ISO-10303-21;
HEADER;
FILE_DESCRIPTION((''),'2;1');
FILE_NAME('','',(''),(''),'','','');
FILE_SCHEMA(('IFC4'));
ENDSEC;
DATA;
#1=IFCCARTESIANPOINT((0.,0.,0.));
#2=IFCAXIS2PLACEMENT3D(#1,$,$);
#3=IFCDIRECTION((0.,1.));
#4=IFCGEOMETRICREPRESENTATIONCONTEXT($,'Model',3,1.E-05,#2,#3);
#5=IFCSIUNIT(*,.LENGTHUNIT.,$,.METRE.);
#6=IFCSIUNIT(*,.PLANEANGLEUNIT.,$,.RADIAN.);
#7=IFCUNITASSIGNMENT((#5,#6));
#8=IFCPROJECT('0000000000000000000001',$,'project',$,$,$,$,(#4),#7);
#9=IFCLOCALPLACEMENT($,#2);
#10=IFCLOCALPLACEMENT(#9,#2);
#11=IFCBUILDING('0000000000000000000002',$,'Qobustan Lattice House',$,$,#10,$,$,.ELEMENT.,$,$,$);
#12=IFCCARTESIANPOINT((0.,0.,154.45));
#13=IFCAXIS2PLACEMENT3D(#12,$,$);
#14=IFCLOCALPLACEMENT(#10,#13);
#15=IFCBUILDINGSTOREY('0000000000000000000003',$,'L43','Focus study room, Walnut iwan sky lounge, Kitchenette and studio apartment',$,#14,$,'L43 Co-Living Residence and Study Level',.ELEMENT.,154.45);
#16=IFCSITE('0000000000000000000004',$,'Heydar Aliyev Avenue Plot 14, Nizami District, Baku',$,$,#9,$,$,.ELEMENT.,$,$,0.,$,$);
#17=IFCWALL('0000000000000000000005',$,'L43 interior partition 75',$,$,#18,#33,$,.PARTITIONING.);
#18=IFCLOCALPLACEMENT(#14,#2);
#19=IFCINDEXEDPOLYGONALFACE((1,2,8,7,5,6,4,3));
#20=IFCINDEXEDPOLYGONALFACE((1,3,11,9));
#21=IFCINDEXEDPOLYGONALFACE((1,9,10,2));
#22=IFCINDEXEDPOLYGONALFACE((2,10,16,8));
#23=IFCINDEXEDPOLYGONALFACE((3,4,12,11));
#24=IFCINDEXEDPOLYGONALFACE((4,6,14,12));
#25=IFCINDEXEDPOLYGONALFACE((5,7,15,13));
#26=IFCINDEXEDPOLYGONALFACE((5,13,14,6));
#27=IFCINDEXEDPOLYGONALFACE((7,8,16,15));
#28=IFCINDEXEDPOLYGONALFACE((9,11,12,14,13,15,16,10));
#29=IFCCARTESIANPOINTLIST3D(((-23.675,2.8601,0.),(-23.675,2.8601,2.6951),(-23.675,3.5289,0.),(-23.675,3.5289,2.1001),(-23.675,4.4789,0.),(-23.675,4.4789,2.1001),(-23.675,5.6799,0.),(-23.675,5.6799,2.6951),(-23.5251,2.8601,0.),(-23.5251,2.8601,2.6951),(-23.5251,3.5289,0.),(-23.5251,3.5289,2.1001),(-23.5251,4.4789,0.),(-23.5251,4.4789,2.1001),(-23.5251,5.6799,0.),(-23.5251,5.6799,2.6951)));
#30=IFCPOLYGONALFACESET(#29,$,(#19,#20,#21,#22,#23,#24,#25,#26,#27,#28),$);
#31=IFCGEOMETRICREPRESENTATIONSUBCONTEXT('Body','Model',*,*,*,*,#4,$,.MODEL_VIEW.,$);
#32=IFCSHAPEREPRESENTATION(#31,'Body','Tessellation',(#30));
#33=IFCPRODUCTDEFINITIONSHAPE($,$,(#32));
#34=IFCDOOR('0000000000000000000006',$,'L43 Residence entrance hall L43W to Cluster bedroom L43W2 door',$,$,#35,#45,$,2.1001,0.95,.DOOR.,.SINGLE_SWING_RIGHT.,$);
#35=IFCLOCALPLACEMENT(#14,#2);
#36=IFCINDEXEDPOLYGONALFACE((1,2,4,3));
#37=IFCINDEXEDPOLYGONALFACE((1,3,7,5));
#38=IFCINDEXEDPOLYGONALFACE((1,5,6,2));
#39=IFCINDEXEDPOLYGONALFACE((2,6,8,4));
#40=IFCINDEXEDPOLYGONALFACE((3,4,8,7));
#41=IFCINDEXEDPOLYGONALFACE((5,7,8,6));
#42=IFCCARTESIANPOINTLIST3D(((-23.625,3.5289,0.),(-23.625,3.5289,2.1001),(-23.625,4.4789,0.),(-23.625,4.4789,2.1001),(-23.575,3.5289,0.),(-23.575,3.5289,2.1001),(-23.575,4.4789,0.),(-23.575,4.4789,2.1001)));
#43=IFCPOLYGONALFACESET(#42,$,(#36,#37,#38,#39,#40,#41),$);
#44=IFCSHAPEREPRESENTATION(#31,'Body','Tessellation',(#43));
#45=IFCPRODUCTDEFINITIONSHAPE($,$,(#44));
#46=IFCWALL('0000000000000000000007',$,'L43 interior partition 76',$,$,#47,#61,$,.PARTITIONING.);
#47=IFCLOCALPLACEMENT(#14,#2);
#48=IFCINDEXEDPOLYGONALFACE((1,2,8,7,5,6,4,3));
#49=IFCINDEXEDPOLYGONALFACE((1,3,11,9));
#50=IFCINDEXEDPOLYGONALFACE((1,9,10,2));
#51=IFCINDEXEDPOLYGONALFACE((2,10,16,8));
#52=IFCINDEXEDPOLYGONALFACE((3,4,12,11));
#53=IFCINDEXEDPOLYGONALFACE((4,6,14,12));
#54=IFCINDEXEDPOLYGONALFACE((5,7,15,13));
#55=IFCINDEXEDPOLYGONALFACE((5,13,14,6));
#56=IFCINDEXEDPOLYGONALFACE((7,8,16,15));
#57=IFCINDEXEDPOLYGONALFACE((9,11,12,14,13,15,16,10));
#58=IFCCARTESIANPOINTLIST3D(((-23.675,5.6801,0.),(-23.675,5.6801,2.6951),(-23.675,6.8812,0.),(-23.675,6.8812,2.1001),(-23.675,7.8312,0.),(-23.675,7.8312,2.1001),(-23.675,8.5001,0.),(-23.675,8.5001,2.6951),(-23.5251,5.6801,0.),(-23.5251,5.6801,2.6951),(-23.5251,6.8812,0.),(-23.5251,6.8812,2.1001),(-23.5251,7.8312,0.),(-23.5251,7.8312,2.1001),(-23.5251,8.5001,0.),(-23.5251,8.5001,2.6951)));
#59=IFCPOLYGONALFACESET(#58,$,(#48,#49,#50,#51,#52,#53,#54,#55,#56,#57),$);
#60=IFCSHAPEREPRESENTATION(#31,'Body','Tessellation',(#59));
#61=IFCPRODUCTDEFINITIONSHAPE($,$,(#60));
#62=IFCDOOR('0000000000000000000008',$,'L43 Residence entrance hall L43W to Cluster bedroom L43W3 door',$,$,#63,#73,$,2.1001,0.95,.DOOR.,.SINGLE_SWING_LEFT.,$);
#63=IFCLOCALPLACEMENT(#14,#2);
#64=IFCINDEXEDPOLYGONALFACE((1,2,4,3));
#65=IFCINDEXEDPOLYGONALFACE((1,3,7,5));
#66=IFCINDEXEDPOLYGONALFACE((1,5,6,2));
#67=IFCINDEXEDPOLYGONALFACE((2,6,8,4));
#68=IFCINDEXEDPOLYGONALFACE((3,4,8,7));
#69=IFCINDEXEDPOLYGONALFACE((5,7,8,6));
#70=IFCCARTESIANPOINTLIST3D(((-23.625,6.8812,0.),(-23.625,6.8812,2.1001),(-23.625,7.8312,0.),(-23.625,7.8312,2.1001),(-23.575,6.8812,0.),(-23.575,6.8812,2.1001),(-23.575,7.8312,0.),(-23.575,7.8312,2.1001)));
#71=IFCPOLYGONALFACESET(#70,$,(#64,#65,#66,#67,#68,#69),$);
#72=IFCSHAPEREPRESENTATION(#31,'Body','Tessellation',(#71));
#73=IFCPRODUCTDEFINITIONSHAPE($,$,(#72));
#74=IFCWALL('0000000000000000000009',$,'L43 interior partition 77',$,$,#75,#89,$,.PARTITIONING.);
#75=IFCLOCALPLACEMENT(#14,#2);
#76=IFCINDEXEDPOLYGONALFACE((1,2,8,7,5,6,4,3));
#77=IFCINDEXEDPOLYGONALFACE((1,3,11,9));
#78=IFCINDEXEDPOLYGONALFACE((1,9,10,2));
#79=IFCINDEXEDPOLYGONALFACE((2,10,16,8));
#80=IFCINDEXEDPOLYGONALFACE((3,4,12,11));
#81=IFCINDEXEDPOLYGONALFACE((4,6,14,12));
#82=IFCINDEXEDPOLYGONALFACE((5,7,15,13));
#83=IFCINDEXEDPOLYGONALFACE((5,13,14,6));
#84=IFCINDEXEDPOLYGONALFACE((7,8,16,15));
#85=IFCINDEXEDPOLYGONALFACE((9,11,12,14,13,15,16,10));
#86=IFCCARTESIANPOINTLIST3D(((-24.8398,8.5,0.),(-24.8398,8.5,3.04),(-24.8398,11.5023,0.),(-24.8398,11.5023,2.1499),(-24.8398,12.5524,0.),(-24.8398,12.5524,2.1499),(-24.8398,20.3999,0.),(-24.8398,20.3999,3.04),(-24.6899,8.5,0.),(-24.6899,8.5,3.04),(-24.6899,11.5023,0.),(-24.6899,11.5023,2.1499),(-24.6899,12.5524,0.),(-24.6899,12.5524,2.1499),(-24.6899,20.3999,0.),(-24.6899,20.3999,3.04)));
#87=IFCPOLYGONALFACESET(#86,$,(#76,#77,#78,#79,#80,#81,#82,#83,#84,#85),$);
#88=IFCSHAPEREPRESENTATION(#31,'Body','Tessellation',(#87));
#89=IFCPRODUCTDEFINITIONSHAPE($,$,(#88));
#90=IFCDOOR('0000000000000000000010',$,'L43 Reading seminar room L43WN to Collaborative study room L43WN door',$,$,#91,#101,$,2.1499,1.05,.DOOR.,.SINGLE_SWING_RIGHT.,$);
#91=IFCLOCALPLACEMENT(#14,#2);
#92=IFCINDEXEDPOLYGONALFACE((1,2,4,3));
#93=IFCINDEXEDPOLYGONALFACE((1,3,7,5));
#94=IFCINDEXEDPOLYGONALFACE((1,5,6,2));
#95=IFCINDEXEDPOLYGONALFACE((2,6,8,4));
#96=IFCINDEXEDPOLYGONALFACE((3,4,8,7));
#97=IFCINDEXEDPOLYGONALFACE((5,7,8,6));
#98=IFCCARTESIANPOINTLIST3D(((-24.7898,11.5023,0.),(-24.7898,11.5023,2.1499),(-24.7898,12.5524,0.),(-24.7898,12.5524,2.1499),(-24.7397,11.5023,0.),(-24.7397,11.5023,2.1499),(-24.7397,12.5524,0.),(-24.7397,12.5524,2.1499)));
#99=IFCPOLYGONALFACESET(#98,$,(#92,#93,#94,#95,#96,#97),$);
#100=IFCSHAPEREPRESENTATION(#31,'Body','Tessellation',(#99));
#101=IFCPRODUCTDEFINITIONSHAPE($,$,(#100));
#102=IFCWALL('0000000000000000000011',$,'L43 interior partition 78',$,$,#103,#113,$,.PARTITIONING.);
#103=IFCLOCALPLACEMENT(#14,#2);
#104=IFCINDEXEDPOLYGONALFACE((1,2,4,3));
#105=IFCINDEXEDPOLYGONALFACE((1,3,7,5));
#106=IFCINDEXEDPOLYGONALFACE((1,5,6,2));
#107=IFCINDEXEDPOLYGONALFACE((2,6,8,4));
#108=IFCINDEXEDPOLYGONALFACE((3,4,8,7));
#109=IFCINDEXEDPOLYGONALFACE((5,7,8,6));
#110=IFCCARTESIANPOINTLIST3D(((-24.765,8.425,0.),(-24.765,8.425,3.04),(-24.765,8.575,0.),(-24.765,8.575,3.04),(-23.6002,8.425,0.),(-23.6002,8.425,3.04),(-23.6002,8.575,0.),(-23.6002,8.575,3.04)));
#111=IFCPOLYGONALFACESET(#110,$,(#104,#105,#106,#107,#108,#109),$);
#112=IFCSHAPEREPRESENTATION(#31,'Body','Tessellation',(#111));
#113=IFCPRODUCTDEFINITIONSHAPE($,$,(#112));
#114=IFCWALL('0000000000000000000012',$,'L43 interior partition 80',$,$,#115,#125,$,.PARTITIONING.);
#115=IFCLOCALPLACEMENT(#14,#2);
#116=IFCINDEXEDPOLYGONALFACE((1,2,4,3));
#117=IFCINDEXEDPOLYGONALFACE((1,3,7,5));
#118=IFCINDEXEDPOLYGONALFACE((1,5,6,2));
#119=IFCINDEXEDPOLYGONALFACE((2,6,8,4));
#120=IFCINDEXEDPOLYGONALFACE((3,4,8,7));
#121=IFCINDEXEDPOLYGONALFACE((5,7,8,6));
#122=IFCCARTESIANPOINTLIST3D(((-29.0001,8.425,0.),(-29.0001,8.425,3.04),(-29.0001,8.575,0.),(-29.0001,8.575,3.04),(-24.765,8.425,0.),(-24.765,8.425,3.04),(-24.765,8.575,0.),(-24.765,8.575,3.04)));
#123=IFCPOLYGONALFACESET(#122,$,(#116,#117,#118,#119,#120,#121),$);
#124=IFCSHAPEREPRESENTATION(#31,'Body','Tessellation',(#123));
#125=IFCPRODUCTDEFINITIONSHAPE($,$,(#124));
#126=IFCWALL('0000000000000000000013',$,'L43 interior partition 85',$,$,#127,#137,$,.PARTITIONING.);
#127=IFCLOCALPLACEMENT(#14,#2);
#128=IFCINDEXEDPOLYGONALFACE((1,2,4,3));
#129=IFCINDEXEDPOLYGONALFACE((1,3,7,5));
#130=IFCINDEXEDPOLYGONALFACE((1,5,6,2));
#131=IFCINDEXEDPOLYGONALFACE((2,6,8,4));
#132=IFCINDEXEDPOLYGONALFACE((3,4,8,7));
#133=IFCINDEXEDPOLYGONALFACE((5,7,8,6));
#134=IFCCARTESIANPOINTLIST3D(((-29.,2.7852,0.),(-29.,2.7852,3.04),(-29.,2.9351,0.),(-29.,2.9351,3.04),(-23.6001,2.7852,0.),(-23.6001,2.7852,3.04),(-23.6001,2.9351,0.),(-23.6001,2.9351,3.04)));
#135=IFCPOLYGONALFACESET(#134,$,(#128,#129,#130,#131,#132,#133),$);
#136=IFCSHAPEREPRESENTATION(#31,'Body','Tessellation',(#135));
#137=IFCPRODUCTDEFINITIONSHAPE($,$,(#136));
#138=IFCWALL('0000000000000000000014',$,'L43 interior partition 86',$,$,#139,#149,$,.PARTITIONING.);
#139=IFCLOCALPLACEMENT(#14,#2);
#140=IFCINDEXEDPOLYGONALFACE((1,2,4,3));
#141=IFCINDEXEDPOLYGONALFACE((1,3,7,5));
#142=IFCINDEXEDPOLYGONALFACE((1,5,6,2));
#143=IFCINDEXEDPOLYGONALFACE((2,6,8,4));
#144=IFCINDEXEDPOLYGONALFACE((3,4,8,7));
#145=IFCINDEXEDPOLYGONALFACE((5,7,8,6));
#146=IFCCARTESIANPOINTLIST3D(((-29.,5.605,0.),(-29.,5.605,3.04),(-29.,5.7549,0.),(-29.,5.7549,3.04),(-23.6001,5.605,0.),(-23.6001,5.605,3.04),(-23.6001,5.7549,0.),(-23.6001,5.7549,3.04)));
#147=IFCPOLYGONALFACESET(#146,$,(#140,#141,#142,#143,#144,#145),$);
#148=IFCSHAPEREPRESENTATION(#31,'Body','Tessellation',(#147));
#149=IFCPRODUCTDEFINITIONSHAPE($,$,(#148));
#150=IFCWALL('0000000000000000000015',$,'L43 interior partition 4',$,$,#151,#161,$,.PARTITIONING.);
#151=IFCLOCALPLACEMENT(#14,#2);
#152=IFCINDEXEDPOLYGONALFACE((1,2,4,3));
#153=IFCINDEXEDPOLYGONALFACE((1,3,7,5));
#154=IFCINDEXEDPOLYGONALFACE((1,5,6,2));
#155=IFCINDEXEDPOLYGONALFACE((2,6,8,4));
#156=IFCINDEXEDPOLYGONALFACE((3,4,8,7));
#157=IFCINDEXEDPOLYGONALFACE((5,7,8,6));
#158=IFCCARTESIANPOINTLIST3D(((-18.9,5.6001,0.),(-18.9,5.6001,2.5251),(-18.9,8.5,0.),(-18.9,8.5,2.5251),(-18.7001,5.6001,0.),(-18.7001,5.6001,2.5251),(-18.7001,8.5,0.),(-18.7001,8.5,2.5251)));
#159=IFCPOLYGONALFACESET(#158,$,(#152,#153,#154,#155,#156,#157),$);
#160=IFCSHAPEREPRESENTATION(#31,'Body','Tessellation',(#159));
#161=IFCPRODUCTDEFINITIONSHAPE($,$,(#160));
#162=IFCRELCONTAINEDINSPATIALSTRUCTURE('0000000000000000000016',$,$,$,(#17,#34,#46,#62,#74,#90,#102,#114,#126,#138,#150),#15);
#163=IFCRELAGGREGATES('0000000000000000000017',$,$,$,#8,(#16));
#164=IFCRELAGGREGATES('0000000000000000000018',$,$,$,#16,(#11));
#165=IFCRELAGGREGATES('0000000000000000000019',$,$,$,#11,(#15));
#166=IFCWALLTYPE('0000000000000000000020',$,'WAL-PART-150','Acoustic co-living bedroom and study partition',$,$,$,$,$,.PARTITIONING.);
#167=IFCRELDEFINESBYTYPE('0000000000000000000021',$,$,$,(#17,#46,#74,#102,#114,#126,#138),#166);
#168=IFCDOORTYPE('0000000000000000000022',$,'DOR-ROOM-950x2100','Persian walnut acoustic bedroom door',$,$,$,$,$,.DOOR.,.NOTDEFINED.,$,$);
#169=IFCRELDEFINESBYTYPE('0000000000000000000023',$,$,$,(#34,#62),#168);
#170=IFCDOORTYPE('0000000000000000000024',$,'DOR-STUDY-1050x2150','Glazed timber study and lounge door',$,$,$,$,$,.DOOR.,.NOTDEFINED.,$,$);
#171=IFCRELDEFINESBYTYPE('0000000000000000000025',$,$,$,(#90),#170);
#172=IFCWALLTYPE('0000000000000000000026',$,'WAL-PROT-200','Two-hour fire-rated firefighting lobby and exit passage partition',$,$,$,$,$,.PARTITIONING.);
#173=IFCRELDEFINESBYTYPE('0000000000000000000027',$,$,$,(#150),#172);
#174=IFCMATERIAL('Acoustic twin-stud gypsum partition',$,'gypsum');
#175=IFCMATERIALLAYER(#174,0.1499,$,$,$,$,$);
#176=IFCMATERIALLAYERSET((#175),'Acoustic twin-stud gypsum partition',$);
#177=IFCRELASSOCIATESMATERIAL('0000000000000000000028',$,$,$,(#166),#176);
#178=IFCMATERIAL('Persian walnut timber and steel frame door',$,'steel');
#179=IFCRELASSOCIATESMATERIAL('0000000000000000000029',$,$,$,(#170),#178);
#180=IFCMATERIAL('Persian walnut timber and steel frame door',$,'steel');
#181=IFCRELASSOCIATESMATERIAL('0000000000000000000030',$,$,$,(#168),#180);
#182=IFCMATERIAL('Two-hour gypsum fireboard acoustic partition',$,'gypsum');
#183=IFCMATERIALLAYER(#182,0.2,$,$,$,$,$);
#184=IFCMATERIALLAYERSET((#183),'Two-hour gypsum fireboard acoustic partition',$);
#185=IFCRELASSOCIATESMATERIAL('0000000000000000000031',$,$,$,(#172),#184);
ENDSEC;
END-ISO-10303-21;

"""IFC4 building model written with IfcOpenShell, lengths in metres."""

from ifc_helpers import new_model, si_unit, direction, frame, frame_2d, origin, place, context, subcontext, project, spatial, rectangle, extrude, material, layer, layer_set, type_object, element, fill, save


model = new_model("IFC4")

# Units and contexts
model_context = context("Model", 3, precision=1e-05, world=origin(), true_north=direction((0.0, 1.0)))
body_context = subcontext(model_context, "Body", "Model", "MODEL_VIEW")
ifc_project = project(units=[si_unit("LENGTHUNIT", "METRE"), si_unit("PLANEANGLEUNIT", "RADIAN")], contexts=[model_context])

# Site, building, storey
site_placement = place(None, origin())
site = spatial("IfcSite", under=ifc_project, at=site_placement, Name="Heydar Aliyev Avenue Plot 14, Nizami District, Baku", CompositionType="ELEMENT", RefElevation=0.0)
building_placement = place(site_placement, origin())
building = spatial("IfcBuilding", under=site, at=building_placement, Name="Qobustan Lattice House", CompositionType="ELEMENT")
storey_placement = place(building_placement, frame((0.0, 0.0, 154.45)))
storey = spatial("IfcBuildingStorey", under=building, at=storey_placement, Name="L43", Description="Focus study room, Walnut iwan sky lounge, Kitchenette and studio apartment", LongName="L43 Co-Living Residence and Study Level", CompositionType="ELEMENT", Elevation=154.45)

# Walls, openings, doors
ifc_material_1 = material(Name="Acoustic twin-stud gypsum partition", Category="gypsum")
ifc_layer_1 = layer(ifc_material_1, 0.1499)
ifc_layer_set_1 = layer_set([ifc_layer_1], Name="Acoustic twin-stud gypsum partition")
wall_type_1 = type_object("IfcWallType", Name="WAL-PART-150", Description="Acoustic co-living bedroom and study partition", PredefinedType="PARTITIONING", material=ifc_layer_set_1)
ifc_material_2 = material(Name="Persian walnut timber and steel frame door", Category="steel")
door_type_1 = type_object("IfcDoorType", Name="DOR-STUDY-1050x2150", Description="Glazed timber study and lounge door", OperationType="NOTDEFINED", PredefinedType="DOOR", material=ifc_material_2)
wall_1_placement = place(storey_placement, frame((-23.6001, 2.8601, 0.0), z_axis=(0.0, 0.0, 1.0), x_axis=(0.0, 1.0, 0.0)))
wall_1 = element("IfcWall", 1, at=wall_1_placement, inside=storey, type_object=wall_type_1, Name="L43 interior partition 75", PredefinedType="PARTITIONING", context=body_context, shape_type="SweptSolid", body=[
    extrude(rectangle(XDim=2.8198, YDim=0.1499, at=frame_2d((1.4099, 0.0))), origin(), (0.0, 0.0, 1.0), 2.6951),
])
opening_1_placement = place(wall_1_placement, frame((0.6687, 0.0, 0.0)))
opening_1 = element("IfcOpeningElement", 2, at=opening_1_placement, cuts=wall_1, PredefinedType="OPENING", context=body_context, shape_type="SweptSolid", body=[
    extrude(rectangle(XDim=0.95, YDim=2.1001, at=frame_2d((0.4751, 1.05))), frame((0.0, 0.085, 0.0), z_axis=(0.0, -1.0, 0.0), x_axis=(1.0, 0.0, 0.0)), (0.0, 0.0, 1.0), 0.1699),
])
ifc_material_3 = material(Name="Persian walnut timber and steel frame door", Category="steel")
door_type_2 = type_object("IfcDoorType", Name="DOR-ROOM-950x2100", Description="Persian walnut acoustic bedroom door", OperationType="NOTDEFINED", PredefinedType="DOOR", material=ifc_material_3)
door_1_placement = place(opening_1_placement, origin())
door_1 = element("IfcDoor", 3, at=door_1_placement, inside=storey, type_object=door_type_2, Name="L43 Residence entrance hall L43W to Cluster bedroom L43W2 door", OperationType="SINGLE_SWING_RIGHT", OverallHeight=2.1001, OverallWidth=0.95, PredefinedType="DOOR", context=body_context, shape_type="SweptSolid", body=[
    extrude(rectangle(XDim=0.95, YDim=2.1001, at=frame_2d((0.4751, 1.05))), frame((0.0, 0.0249, 0.0), z_axis=(0.0, -1.0, 0.0), x_axis=(1.0, 0.0, 0.0)), (0.0, 0.0, 1.0), 0.05),
])
fill(opening_1, door_1)
wall_2_placement = place(storey_placement, frame((-23.6001, 5.6799, 0.0), z_axis=(0.0, 0.0, 1.0), x_axis=(0.0, 1.0, 0.0)))
wall_2 = element("IfcWall", 4, at=wall_2_placement, inside=storey, type_object=wall_type_1, Name="L43 interior partition 76", PredefinedType="PARTITIONING", context=body_context, shape_type="SweptSolid", body=[
    extrude(rectangle(XDim=2.8201, YDim=0.1499, at=frame_2d((1.4102, 0.0))), origin(), (0.0, 0.0, 1.0), 2.6951),
])
opening_2_placement = place(wall_2_placement, frame((1.2012, 0.0, 0.0)))
opening_2 = element("IfcOpeningElement", 5, at=opening_2_placement, cuts=wall_2, PredefinedType="OPENING", context=body_context, shape_type="SweptSolid", body=[
    extrude(rectangle(XDim=0.95, YDim=2.1001, at=frame_2d((0.4751, 1.05))), frame((0.0, 0.085, 0.0), z_axis=(0.0, -1.0, 0.0), x_axis=(1.0, 0.0, 0.0)), (0.0, 0.0, 1.0), 0.1699),
])
door_2_placement = place(opening_2_placement, origin())
door_2 = element("IfcDoor", 6, at=door_2_placement, inside=storey, type_object=door_type_2, Name="L43 Residence entrance hall L43W to Cluster bedroom L43W3 door", OperationType="SINGLE_SWING_LEFT", OverallHeight=2.1001, OverallWidth=0.95, PredefinedType="DOOR", context=body_context, shape_type="SweptSolid", body=[
    extrude(rectangle(XDim=0.95, YDim=2.1001, at=frame_2d((0.4751, 1.05))), frame((0.0, 0.0249, 0.0), z_axis=(0.0, -1.0, 0.0), x_axis=(1.0, 0.0, 0.0)), (0.0, 0.0, 1.0), 0.05),
])
fill(opening_2, door_2)
wall_3_placement = place(storey_placement, frame((-24.7649, 8.5, 0.0), z_axis=(0.0, 0.0, 1.0), x_axis=(0.0, 1.0, 0.0)))
wall_3 = element("IfcWall", 7, at=wall_3_placement, inside=storey, type_object=wall_type_1, Name="L43 interior partition 77", PredefinedType="PARTITIONING", context=body_context, shape_type="SweptSolid", body=[
    extrude(rectangle(XDim=11.8999, YDim=0.1499, at=frame_2d((5.95, 0.0))), origin(), (0.0, 0.0, 1.0), 3.04),
])
opening_3_placement = place(wall_3_placement, frame((3.0024, 0.0, 0.0)))
opening_3 = element("IfcOpeningElement", 8, at=opening_3_placement, cuts=wall_3, PredefinedType="OPENING", context=body_context, shape_type="SweptSolid", body=[
    extrude(rectangle(XDim=1.05, YDim=2.1499, at=frame_2d((0.5249, 1.075))), frame((0.0, 0.085, 0.0), z_axis=(0.0, -1.0, 0.0), x_axis=(1.0, 0.0, 0.0)), (0.0, 0.0, 1.0), 0.1699),
])
door_3_placement = place(opening_3_placement, origin())
door_3 = element("IfcDoor", 9, at=door_3_placement, inside=storey, type_object=door_type_1, Name="L43 Reading seminar room L43WN to Collaborative study room L43WN door", OperationType="SINGLE_SWING_RIGHT", OverallHeight=2.1499, OverallWidth=1.05, PredefinedType="DOOR", context=body_context, shape_type="SweptSolid", body=[
    extrude(rectangle(XDim=1.05, YDim=2.1499, at=frame_2d((0.5249, 1.075))), frame((0.0, 0.0249, 0.0), z_axis=(0.0, -1.0, 0.0), x_axis=(1.0, 0.0, 0.0)), (0.0, 0.0, 1.0), 0.05),
])
fill(opening_3, door_3)

# Walls
wall_4_placement = place(storey_placement, frame((-23.6001, 8.5, 0.0), z_axis=(0.0, 0.0, 1.0), x_axis=(-1.0, 0.0, 0.0)))
element("IfcWall", 10, at=wall_4_placement, inside=storey, type_object=wall_type_1, Name="L43 interior partition 78", PredefinedType="PARTITIONING", context=body_context, shape_type="SweptSolid", body=[
    extrude(rectangle(XDim=1.1648, YDim=0.1499, at=frame_2d((0.5825, 0.0))), origin(), (0.0, 0.0, 1.0), 3.04),
])
wall_5_placement = place(storey_placement, frame((-24.7649, 8.5, 0.0), z_axis=(0.0, 0.0, 1.0), x_axis=(-1.0, 0.0, 0.0)))
element("IfcWall", 11, at=wall_5_placement, inside=storey, type_object=wall_type_1, Name="L43 interior partition 80", PredefinedType="PARTITIONING", context=body_context, shape_type="SweptSolid", body=[
    extrude(rectangle(XDim=4.2351, YDim=0.1499, at=frame_2d((2.1177, 0.0))), origin(), (0.0, 0.0, 1.0), 3.04),
])
for number, where, z_axis, x_axis, name in (
    (12, (-29.0, 2.8601, 0.0), (0.0, 0.0, 1.0), (1.0, 0.0, 0.0), "L43 interior partition 85"),
    (13, (-29.0, 5.6799, 0.0), (0.0, 0.0, 1.0), (1.0, 0.0, 0.0), "L43 interior partition 86"),
):
    element("IfcWall", number, at=place(storey_placement, frame(where, z_axis=z_axis, x_axis=x_axis)), inside=storey, type_object=wall_type_1, Name=name, PredefinedType="PARTITIONING", context=body_context, shape_type="SweptSolid", body=[
        extrude(rectangle(XDim=5.3999, YDim=0.1499, at=frame_2d((2.7, 0.0))), origin(), (0.0, 0.0, 1.0), 3.04),
    ])
ifc_material_4 = material(Name="Two-hour gypsum fireboard acoustic partition", Category="gypsum")
ifc_layer_2 = layer(ifc_material_4, 0.2)
ifc_layer_set_2 = layer_set([ifc_layer_2], Name="Two-hour gypsum fireboard acoustic partition")
wall_type_2 = type_object("IfcWallType", Name="WAL-PROT-200", Description="Two-hour fire-rated firefighting lobby and exit passage partition", PredefinedType="PARTITIONING", material=ifc_layer_set_2)
wall_6_placement = place(storey_placement, frame((-18.8, 8.5, 0.0), z_axis=(0.0, 0.0, 1.0), x_axis=(0.0, -1.0, 0.0)))
element("IfcWall", 14, at=wall_6_placement, inside=storey, type_object=wall_type_2, Name="L43 interior partition 4", PredefinedType="PARTITIONING", context=body_context, shape_type="SweptSolid", body=[
    extrude(rectangle(XDim=2.8999, YDim=0.2, at=frame_2d((1.45, 0.0))), origin(), (0.0, 0.0, 1.0), 2.5251),
])

save(model, "model.ifc")
